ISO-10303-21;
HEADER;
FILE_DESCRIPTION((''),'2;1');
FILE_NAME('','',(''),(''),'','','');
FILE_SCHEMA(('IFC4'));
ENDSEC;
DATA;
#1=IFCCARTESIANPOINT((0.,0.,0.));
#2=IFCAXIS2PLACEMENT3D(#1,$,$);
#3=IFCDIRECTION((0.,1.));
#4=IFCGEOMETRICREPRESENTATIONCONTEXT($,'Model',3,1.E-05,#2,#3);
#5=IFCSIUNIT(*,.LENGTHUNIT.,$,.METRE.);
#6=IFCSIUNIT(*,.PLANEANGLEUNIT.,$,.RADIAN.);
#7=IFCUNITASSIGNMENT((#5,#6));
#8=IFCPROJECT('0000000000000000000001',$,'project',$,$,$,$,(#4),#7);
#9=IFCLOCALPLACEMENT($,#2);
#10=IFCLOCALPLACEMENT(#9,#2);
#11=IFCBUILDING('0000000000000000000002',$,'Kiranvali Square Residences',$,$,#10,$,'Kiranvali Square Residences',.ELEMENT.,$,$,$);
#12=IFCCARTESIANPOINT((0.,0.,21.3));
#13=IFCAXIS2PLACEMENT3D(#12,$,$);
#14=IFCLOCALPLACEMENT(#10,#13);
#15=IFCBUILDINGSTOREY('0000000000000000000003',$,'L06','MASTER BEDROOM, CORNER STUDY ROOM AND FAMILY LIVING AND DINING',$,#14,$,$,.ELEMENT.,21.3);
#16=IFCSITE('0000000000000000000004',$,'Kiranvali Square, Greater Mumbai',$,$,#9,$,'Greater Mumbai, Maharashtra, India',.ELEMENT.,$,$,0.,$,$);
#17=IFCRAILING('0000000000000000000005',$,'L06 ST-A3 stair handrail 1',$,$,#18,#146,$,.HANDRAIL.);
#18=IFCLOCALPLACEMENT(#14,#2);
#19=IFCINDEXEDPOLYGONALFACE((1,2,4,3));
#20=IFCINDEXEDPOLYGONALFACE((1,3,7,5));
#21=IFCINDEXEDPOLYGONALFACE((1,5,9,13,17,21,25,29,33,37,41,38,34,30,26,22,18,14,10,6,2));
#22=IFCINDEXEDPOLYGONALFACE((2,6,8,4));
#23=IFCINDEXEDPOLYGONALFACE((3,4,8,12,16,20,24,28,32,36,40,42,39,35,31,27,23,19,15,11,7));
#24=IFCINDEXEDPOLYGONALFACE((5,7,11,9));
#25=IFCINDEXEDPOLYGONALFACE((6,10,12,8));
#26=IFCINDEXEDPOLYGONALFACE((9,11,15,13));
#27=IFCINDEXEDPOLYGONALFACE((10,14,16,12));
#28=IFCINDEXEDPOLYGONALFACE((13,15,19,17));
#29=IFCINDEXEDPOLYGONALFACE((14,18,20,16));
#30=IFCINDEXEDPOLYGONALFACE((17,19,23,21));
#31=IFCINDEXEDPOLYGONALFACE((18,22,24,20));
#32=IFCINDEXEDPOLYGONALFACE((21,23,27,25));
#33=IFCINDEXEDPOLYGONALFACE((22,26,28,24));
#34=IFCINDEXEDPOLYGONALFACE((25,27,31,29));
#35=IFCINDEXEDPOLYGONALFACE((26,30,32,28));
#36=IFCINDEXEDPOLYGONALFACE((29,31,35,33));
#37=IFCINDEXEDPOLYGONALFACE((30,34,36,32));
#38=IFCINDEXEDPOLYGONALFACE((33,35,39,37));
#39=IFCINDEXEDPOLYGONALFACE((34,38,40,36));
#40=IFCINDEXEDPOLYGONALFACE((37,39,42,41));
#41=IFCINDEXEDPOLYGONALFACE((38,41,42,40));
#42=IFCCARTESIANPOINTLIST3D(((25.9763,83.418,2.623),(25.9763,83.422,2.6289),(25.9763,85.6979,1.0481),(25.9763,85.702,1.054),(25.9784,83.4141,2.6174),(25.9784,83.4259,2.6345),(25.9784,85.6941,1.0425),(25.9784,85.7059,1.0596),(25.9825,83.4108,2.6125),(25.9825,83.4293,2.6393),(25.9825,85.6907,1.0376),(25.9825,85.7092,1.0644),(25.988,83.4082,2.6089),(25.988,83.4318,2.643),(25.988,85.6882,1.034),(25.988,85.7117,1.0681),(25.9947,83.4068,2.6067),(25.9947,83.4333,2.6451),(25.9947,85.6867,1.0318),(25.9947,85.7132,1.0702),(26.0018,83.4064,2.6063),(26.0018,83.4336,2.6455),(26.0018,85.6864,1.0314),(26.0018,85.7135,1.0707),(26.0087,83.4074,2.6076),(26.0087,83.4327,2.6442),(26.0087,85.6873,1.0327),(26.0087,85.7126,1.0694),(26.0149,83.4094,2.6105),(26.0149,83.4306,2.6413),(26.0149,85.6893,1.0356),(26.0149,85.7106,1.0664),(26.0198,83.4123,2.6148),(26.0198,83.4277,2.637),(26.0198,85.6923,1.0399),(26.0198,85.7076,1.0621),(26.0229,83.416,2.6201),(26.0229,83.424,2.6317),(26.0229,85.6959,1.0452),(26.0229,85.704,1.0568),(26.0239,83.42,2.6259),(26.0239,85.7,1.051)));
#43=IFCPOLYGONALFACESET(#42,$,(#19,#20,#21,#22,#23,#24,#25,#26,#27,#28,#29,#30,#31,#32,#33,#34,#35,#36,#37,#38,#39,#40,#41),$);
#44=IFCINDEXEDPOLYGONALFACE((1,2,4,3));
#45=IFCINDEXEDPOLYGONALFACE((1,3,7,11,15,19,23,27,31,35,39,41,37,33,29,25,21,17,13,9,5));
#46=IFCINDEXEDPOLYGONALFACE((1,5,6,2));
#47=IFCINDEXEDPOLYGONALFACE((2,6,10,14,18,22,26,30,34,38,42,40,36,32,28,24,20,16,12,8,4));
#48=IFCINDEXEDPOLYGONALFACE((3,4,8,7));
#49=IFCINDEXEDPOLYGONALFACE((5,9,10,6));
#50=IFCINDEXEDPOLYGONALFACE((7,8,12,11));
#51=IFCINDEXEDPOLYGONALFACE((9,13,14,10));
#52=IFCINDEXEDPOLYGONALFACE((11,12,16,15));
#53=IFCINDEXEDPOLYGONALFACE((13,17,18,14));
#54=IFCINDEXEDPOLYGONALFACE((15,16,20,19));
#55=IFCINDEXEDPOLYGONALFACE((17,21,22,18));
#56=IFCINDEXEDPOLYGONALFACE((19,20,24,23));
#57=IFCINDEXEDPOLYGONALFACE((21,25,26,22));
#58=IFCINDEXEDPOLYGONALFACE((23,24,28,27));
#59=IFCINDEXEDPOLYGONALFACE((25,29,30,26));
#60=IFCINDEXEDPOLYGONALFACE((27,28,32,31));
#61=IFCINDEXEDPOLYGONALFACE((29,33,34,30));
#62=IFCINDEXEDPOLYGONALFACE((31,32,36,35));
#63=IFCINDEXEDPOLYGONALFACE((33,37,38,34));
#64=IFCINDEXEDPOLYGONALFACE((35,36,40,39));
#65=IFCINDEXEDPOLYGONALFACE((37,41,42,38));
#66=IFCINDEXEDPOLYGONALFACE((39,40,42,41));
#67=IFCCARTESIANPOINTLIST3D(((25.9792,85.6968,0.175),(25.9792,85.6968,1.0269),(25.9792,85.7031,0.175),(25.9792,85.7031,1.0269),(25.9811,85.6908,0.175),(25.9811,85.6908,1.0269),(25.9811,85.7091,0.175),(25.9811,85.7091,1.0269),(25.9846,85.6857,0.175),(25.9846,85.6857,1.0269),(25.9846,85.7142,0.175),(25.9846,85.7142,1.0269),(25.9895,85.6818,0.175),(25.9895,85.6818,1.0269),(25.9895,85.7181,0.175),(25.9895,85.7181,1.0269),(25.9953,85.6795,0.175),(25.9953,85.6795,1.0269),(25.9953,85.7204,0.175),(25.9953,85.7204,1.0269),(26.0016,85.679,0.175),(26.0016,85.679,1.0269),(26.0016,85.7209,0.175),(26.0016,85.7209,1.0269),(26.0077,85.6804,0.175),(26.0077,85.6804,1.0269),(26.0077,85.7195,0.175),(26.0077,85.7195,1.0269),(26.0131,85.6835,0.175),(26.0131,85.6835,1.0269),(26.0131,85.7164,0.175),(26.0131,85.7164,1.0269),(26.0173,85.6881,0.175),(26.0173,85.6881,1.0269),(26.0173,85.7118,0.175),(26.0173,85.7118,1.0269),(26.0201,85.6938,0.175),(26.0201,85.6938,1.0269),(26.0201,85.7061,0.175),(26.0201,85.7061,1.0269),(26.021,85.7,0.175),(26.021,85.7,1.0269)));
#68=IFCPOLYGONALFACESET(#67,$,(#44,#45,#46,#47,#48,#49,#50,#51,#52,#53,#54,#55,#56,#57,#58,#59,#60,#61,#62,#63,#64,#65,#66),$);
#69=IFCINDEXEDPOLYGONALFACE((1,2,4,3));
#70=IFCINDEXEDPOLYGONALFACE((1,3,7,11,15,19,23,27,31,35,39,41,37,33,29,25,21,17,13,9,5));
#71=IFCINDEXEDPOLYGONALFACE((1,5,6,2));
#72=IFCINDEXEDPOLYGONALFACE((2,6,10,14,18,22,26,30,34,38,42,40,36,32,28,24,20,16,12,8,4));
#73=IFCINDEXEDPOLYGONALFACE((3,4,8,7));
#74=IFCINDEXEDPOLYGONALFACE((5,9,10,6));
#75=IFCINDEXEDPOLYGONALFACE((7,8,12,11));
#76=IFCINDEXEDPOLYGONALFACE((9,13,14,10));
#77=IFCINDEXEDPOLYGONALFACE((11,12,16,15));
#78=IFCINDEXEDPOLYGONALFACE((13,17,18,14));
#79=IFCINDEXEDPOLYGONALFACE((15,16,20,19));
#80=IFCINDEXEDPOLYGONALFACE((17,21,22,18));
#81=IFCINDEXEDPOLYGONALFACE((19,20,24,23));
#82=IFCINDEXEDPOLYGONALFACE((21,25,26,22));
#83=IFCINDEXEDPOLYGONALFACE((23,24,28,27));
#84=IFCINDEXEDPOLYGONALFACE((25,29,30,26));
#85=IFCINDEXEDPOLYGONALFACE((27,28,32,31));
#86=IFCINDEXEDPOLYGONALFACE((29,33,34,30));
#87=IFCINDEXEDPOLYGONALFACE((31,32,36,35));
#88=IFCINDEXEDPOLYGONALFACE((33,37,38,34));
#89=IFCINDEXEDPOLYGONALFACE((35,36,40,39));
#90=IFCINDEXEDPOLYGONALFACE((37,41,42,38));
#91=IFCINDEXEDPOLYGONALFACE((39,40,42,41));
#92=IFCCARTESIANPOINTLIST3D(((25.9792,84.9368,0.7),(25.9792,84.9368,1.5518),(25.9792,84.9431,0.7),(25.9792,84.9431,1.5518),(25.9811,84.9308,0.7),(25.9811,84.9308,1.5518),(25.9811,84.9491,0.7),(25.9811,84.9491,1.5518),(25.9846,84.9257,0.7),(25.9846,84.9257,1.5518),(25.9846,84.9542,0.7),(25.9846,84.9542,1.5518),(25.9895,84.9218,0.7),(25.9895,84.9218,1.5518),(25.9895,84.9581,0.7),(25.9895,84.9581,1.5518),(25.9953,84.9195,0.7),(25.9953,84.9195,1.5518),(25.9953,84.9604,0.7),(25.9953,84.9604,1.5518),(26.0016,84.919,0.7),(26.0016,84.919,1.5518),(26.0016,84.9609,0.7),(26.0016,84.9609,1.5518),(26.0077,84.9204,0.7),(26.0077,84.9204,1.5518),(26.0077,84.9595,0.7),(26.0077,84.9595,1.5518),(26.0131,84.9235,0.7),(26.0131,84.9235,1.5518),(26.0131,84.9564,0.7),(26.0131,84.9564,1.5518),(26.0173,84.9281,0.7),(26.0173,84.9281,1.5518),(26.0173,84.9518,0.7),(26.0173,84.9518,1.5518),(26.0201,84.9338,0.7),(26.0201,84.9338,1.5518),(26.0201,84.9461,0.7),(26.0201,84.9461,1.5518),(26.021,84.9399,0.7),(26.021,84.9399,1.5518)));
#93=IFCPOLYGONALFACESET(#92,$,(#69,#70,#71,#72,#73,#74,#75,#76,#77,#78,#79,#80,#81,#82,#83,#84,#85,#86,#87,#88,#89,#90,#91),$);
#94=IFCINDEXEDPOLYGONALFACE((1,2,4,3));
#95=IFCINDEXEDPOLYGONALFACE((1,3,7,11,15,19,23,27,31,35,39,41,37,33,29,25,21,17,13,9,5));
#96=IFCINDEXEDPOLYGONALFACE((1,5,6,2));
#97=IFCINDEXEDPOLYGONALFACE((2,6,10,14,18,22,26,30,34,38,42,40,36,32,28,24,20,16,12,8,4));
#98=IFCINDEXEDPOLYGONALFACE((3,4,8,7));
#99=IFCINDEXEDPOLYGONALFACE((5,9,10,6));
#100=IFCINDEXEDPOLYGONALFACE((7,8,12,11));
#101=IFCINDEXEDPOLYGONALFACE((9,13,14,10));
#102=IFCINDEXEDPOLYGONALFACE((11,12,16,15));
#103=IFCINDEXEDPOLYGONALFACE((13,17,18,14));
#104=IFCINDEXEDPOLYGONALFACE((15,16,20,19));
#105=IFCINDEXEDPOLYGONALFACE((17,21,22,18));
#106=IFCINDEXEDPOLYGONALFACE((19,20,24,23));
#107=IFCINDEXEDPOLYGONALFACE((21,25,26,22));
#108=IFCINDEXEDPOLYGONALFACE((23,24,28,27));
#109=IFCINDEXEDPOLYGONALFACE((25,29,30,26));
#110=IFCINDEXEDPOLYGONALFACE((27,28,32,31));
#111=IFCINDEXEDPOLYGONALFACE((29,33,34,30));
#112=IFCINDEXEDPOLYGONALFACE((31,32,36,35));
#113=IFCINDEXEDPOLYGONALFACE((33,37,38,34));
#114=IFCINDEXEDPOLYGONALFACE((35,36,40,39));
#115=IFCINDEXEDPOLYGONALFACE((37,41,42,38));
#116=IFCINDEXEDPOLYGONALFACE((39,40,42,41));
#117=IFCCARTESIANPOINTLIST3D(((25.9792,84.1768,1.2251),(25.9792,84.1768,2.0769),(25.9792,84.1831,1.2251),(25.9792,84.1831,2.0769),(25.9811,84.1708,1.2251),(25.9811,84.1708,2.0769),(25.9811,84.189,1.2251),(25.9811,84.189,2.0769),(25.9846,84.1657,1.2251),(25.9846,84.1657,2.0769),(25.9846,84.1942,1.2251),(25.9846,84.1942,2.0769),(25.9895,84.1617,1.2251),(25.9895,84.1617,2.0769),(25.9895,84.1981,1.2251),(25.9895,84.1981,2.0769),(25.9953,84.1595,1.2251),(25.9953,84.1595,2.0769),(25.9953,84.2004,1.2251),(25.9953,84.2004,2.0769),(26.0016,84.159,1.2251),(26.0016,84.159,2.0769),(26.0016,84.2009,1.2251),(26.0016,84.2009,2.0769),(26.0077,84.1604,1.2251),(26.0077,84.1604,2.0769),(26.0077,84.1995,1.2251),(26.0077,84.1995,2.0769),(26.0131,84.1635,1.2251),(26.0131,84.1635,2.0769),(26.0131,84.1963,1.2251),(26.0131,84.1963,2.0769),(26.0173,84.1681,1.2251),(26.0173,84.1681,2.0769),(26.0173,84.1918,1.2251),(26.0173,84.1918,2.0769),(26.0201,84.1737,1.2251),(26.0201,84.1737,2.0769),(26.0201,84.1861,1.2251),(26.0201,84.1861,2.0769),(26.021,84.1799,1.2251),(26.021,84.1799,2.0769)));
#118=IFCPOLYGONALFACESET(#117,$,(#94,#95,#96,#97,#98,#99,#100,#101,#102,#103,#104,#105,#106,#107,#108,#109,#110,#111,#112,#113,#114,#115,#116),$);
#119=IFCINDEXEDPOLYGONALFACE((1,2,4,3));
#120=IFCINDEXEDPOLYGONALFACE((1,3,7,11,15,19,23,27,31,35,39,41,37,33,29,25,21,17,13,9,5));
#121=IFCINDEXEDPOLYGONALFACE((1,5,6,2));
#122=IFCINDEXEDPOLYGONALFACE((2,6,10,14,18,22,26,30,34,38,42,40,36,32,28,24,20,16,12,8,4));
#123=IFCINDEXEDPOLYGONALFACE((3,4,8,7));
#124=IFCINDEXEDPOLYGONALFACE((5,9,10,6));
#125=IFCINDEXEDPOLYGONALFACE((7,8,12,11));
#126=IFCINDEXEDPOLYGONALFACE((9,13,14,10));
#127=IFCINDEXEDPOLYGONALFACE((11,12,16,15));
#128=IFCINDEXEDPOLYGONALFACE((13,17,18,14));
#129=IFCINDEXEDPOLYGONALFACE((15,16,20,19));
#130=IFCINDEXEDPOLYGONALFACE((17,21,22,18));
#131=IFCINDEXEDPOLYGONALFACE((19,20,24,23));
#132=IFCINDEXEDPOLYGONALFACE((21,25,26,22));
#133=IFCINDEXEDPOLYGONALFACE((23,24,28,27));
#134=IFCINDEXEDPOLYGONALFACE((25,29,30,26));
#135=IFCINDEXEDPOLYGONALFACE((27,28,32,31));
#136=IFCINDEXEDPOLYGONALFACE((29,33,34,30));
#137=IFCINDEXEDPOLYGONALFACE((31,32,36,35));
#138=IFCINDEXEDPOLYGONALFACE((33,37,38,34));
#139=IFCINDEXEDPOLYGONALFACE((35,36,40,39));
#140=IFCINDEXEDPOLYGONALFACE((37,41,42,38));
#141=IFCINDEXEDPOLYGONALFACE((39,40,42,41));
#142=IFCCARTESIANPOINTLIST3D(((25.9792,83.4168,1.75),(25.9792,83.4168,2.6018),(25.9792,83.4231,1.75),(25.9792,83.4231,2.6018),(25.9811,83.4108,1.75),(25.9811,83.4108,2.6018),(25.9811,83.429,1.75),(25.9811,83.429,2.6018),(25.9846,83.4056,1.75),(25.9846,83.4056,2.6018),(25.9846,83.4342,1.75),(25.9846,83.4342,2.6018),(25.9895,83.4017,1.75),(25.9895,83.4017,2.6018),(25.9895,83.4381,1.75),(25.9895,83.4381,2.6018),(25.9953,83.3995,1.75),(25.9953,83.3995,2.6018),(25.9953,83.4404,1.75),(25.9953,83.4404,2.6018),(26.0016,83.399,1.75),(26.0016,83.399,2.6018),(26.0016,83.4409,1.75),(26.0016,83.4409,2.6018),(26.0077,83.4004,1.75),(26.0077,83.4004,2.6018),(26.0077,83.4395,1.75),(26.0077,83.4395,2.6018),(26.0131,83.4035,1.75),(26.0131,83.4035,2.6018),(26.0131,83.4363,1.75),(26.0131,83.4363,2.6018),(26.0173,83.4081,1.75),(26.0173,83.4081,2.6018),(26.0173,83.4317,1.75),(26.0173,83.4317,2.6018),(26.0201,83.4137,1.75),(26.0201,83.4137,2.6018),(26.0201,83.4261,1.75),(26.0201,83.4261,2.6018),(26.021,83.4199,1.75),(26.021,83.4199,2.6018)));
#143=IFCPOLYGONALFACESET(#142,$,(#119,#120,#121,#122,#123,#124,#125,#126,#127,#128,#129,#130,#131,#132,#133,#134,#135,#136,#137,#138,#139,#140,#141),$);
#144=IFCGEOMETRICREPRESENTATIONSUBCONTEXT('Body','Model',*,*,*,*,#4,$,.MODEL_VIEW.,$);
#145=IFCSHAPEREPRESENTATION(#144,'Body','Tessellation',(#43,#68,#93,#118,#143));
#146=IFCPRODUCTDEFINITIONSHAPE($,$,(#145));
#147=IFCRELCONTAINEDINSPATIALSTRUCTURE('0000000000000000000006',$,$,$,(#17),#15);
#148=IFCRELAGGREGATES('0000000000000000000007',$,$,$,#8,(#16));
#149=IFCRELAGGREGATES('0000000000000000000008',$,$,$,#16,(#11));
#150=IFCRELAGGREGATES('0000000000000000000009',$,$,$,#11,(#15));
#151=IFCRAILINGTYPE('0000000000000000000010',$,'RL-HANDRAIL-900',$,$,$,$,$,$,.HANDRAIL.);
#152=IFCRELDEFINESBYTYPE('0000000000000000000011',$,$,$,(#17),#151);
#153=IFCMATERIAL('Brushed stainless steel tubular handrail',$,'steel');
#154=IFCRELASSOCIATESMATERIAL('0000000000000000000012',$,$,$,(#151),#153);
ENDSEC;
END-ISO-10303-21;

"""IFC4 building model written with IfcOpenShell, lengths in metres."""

from ifc_helpers import new_model, si_unit, direction, frame, origin, origin_2d, place, context, subcontext, project, spatial, circle, extrude, material, type_object, element, save


model = new_model("IFC4")

# Units and contexts
model_context = context("Model", 3, precision=1e-05, world=origin(), true_north=direction((0.0, 1.0)))
body_context = subcontext(model_context, "Body", "Model", "MODEL_VIEW")
ifc_project = project(units=[si_unit("LENGTHUNIT", "METRE"), si_unit("PLANEANGLEUNIT", "RADIAN")], contexts=[model_context])

# Site, building, storey
site_placement = place(None, origin())
site = spatial("IfcSite", under=ifc_project, at=site_placement, Name="Kiranvali Square, Greater Mumbai", LongName="Greater Mumbai, Maharashtra, India", CompositionType="ELEMENT", RefElevation=0.0)
building_placement = place(site_placement, origin())
building = spatial("IfcBuilding", under=site, at=building_placement, Name="Kiranvali Square Residences", LongName="Kiranvali Square Residences", CompositionType="ELEMENT")
storey_placement = place(building_placement, frame((0.0, 0.0, 21.3)))
storey = spatial("IfcBuildingStorey", under=building, at=storey_placement, Name="L06", Description="MASTER BEDROOM, CORNER STUDY ROOM AND FAMILY LIVING AND DINING", CompositionType="ELEMENT", Elevation=21.3)

# Railing
ifc_material_1 = material(Name="Brushed stainless steel tubular handrail", Category="steel")
railing_type_1 = type_object("IfcRailingType", Name="RL-HANDRAIL-900", PredefinedType="HANDRAIL", material=ifc_material_1)
railing_1_placement = place(storey_placement, frame((26.0, 85.7, 0.175)))
element("IfcRailing", 1, at=railing_1_placement, inside=storey, type_object=railing_type_1, Name="L06 ST-A3 stair handrail 1", PredefinedType="HANDRAIL", context=body_context, shape_type="SweptSolid", body=[
    extrude(circle(Radius=0.0239, at=origin_2d()), frame((0.0, 0.0, 0.876), z_axis=(0.0, -0.822788, 0.568348), x_axis=(1.0, 0.0, 0.0)), (0.0, 0.0, 1.0), 2.771),
    extrude(circle(Radius=0.021, at=origin_2d()), origin(), (0.0, 0.0, 1.0), 0.8518),
    extrude(circle(Radius=0.021, at=origin_2d()), frame((0.0, -0.76, 0.5249)), (0.0, 0.0, 1.0), 0.8518),
    extrude(circle(Radius=0.021, at=origin_2d()), frame((0.0, -1.52, 1.05)), (0.0, 0.0, 1.0), 0.8518),
    extrude(circle(Radius=0.021, at=origin_2d()), frame((0.0, -2.28, 1.575)), (0.0, 0.0, 1.0), 0.8518),
])

save(model, "model.ifc")
